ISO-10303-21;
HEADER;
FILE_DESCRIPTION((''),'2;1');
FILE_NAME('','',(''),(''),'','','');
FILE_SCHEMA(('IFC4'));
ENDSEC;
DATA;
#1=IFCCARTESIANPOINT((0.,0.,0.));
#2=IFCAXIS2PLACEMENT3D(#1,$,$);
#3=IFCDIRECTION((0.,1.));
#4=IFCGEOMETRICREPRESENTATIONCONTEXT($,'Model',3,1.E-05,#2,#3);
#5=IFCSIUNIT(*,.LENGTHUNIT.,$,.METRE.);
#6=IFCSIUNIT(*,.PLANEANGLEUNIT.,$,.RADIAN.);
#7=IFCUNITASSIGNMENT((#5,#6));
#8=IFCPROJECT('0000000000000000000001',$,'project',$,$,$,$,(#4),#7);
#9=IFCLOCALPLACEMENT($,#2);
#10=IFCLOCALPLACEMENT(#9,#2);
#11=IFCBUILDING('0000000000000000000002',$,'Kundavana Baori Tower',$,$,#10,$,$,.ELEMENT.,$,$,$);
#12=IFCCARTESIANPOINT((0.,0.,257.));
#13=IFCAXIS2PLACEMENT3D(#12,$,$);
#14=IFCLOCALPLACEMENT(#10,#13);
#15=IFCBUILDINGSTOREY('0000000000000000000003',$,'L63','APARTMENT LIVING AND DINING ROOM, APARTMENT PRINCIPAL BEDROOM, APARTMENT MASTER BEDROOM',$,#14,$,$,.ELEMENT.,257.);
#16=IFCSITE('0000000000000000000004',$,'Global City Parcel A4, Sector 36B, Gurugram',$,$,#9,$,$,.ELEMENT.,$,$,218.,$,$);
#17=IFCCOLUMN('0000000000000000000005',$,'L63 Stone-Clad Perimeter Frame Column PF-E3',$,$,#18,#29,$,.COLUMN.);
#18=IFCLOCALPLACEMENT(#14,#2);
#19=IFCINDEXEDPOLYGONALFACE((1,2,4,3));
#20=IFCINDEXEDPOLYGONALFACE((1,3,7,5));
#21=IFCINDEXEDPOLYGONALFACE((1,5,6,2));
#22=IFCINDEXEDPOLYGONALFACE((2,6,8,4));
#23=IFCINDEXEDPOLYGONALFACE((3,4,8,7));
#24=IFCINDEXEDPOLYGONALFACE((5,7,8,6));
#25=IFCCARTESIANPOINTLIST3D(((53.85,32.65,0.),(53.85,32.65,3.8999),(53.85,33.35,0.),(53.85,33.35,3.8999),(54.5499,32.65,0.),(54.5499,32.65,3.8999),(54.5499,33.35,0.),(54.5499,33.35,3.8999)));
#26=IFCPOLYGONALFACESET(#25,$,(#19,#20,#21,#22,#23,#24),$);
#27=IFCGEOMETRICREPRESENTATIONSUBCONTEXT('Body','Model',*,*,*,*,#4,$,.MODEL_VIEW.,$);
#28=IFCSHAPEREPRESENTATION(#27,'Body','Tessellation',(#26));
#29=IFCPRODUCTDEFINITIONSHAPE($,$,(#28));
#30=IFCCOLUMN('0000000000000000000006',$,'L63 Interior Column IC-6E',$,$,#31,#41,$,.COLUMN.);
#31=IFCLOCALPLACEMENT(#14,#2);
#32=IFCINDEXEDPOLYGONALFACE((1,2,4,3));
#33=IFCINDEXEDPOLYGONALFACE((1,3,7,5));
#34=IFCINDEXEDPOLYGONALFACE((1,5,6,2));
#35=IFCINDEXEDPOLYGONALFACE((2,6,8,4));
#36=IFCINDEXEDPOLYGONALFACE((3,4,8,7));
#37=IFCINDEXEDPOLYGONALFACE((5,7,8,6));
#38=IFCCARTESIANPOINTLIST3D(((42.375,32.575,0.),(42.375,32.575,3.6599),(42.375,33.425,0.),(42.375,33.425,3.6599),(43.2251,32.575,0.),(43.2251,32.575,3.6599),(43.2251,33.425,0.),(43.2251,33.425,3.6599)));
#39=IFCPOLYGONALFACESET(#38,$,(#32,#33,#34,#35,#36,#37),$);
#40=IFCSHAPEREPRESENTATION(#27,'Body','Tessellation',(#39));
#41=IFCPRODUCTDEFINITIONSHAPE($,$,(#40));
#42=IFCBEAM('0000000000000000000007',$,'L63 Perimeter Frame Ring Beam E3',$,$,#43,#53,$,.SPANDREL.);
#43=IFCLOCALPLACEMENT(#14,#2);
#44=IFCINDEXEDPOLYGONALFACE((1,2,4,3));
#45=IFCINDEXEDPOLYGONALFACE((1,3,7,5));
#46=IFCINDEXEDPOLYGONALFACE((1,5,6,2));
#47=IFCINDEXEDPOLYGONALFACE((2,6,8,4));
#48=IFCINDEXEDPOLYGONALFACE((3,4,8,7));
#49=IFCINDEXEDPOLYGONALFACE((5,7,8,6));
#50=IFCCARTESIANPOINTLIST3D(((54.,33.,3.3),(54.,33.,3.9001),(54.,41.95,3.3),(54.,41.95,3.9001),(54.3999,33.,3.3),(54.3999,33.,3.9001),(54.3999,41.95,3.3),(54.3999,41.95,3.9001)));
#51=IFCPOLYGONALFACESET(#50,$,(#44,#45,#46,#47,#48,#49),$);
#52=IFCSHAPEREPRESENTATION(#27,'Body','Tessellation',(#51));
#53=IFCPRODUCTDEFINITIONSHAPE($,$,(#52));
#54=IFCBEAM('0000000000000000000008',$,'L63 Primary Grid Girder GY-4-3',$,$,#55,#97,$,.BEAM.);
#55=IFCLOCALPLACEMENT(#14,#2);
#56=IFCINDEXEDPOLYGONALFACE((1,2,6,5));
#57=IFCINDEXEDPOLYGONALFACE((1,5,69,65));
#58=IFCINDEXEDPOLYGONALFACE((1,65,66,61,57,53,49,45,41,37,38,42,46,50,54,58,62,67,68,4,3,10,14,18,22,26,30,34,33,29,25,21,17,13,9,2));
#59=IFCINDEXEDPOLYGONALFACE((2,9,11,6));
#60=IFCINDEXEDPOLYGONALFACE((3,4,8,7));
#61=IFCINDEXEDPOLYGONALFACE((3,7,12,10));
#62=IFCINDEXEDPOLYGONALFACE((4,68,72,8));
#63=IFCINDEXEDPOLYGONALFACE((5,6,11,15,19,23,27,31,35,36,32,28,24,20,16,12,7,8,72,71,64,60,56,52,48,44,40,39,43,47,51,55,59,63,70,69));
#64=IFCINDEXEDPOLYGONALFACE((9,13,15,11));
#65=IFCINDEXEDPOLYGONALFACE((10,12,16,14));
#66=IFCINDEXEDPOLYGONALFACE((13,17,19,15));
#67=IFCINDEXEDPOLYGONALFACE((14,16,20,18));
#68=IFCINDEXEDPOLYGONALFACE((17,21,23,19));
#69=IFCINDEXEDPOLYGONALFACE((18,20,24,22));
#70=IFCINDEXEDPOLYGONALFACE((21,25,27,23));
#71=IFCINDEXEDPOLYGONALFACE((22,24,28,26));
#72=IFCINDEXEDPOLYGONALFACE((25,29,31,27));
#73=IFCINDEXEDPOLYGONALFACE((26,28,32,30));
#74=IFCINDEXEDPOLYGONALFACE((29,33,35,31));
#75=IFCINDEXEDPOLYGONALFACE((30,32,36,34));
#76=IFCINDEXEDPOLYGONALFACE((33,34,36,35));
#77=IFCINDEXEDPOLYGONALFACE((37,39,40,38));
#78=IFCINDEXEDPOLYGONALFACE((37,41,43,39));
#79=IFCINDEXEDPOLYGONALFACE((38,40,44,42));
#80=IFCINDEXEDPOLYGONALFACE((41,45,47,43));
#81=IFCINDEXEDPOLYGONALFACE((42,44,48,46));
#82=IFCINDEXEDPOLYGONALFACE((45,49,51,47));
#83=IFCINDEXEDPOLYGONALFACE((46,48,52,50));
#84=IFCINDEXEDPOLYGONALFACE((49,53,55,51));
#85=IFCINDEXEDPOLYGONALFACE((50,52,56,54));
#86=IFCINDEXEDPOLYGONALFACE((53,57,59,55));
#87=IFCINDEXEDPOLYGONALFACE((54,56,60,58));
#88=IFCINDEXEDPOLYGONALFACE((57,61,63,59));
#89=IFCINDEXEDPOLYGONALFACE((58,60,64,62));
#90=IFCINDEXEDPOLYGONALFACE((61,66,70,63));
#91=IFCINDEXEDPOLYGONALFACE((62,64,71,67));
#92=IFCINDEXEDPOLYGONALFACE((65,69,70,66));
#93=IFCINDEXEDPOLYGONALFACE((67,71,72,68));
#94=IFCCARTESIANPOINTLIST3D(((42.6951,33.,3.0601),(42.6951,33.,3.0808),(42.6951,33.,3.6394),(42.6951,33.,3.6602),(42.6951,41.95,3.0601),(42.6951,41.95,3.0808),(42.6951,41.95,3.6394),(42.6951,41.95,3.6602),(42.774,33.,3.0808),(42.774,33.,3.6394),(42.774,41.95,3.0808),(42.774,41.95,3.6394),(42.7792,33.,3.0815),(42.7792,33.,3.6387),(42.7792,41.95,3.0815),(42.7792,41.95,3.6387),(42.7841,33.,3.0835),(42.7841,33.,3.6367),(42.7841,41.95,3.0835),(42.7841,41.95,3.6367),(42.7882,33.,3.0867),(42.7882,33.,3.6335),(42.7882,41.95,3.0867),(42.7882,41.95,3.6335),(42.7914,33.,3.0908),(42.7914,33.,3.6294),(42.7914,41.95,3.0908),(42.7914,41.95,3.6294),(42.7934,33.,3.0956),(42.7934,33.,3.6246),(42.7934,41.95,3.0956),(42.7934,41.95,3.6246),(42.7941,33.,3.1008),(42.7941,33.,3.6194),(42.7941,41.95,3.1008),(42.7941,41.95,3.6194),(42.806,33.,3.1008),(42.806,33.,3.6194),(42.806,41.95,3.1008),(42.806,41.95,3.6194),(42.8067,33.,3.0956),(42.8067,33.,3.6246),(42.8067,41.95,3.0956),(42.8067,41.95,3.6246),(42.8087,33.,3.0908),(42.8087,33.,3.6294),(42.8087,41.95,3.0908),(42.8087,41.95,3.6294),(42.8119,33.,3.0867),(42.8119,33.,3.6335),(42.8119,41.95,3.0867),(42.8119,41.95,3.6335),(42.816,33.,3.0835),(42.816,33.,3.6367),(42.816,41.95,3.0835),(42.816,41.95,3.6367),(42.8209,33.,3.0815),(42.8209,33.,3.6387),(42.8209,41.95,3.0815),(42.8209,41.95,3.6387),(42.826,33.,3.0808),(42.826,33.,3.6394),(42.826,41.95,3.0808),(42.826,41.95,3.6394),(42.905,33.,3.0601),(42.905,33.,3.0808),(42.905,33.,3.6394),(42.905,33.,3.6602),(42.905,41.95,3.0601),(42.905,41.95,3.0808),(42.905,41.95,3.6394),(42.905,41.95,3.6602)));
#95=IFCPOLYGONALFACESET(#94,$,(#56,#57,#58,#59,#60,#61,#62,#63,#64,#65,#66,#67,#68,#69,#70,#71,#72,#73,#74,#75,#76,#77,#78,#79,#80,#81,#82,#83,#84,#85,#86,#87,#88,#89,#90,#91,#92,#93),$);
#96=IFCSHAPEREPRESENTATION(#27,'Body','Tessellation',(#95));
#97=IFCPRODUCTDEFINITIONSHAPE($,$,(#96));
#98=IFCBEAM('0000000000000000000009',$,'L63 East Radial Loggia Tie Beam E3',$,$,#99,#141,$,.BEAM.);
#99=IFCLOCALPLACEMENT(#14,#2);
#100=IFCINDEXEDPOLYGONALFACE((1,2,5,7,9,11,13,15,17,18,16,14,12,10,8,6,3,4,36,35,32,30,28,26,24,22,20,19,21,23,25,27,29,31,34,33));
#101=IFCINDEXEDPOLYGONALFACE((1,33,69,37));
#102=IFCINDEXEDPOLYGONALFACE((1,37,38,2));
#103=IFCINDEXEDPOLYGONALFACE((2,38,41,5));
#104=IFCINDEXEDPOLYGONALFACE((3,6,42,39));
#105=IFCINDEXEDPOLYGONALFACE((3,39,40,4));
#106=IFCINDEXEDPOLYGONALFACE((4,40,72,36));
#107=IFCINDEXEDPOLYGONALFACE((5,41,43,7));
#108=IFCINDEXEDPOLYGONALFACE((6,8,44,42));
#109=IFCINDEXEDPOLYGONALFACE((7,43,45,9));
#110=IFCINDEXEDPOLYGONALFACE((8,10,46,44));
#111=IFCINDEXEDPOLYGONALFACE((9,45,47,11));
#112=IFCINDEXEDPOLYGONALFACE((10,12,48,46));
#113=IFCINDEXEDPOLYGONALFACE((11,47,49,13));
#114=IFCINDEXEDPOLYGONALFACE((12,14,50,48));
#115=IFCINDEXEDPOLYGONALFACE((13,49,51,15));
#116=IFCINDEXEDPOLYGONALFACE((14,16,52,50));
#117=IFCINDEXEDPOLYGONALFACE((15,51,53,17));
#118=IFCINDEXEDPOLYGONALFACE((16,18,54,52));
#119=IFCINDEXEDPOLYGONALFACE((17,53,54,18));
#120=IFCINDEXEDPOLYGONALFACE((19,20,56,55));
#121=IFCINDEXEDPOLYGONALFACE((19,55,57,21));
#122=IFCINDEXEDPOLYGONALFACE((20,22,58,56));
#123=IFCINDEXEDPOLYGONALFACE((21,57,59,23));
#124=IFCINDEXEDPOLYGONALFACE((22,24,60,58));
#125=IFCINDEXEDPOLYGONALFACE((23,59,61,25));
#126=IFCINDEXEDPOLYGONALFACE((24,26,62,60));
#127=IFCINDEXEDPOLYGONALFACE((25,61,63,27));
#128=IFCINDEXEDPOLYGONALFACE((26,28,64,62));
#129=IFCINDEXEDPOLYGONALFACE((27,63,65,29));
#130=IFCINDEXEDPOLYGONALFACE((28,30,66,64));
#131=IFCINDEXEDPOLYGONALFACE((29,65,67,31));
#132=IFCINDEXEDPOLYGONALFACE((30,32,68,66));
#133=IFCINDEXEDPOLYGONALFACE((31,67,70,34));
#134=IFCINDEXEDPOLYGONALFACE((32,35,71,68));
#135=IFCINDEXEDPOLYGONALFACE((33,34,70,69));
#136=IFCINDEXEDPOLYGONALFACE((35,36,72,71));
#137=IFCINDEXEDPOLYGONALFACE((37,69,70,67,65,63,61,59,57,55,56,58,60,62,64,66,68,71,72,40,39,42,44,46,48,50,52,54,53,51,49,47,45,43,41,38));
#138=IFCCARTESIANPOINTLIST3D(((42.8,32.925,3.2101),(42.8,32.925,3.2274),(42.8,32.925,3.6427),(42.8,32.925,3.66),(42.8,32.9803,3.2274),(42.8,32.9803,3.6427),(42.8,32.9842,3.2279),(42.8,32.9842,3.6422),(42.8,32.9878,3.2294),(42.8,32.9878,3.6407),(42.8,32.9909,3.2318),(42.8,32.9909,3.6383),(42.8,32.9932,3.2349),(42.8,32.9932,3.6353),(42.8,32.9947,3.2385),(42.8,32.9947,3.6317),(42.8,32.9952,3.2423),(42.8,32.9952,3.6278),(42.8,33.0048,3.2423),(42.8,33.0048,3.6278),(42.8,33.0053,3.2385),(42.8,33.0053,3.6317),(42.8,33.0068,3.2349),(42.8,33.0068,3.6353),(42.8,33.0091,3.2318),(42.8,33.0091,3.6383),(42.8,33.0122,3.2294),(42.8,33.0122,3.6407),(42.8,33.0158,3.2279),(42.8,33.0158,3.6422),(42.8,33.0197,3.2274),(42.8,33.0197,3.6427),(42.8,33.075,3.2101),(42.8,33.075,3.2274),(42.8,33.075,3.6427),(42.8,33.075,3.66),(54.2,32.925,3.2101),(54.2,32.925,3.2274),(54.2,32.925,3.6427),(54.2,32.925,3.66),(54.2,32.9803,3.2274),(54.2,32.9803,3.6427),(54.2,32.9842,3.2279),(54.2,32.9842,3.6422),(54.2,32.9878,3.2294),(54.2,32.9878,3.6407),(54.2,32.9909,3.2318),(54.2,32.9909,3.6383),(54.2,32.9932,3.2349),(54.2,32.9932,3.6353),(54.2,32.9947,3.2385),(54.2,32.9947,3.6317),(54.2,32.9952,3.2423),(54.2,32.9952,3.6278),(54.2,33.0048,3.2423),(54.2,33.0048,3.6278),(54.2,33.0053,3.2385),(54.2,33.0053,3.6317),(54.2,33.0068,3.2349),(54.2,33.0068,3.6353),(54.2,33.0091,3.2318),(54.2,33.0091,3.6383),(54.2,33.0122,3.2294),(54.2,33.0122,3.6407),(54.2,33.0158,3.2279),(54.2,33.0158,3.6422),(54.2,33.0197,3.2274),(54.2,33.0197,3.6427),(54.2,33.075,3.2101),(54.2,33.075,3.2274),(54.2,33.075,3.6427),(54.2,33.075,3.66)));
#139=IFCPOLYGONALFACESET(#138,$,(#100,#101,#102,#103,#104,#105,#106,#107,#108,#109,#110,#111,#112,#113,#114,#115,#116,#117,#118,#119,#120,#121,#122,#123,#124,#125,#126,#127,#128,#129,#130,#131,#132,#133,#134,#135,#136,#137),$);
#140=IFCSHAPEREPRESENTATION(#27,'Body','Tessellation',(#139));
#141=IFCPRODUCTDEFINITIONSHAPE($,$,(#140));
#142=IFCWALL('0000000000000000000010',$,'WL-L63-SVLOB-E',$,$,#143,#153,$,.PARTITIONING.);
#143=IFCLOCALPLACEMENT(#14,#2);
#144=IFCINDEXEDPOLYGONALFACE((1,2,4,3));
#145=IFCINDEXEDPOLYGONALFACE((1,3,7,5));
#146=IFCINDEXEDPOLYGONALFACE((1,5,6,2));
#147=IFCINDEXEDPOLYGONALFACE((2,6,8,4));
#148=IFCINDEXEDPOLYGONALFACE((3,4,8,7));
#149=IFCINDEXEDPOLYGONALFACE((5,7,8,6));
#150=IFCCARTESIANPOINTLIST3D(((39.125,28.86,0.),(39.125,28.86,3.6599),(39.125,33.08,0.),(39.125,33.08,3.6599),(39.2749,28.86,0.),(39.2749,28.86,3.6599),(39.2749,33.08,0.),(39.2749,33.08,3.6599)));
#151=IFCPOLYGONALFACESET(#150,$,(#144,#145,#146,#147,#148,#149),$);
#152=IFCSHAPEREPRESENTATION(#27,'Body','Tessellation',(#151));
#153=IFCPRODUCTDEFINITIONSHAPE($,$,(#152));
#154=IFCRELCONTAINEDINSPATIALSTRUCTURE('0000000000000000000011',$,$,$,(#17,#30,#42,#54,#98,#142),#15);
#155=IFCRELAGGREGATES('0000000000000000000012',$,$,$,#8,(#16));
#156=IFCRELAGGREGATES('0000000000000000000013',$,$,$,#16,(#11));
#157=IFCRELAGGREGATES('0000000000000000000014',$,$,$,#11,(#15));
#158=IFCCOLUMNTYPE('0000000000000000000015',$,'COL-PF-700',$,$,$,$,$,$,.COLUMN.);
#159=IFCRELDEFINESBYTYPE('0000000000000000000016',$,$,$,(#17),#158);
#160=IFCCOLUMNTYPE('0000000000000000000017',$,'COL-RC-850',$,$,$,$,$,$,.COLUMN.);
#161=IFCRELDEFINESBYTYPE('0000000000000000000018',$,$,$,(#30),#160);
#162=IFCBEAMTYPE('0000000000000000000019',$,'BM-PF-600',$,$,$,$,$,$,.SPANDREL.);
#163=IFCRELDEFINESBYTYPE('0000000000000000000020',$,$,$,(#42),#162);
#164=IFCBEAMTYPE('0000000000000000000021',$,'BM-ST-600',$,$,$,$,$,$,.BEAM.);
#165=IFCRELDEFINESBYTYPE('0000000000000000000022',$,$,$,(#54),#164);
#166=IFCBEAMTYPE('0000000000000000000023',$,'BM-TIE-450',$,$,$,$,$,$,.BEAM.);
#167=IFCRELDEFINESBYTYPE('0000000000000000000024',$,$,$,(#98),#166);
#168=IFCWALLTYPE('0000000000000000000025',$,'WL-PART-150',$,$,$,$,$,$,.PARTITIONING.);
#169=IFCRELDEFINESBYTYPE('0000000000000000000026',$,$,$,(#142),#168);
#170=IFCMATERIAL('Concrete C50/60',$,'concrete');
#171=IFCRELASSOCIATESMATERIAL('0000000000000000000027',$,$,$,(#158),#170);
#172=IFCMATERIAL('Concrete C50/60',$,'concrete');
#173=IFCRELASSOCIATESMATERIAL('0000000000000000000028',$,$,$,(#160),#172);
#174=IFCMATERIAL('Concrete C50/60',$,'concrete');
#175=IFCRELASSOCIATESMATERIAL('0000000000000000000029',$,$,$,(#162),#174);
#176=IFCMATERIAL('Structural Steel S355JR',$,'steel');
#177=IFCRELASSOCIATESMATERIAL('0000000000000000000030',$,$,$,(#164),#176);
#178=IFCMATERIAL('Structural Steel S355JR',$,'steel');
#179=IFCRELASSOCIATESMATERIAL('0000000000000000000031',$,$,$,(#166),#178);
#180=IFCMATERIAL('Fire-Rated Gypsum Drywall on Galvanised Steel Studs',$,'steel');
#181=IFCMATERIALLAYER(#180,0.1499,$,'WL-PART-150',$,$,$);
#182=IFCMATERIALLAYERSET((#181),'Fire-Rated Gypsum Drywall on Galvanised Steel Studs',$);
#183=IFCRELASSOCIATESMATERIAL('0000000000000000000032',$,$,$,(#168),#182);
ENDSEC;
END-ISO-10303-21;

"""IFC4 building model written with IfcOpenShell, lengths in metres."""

from ifc_helpers import new_model, si_unit, direction, frame, frame_2d, origin, origin_2d, place, context, subcontext, project, spatial, rectangle, i_section, extrude, material, layer, layer_set, material_profile, profile_set, type_object, element, save


model = new_model("IFC4")

# Units and contexts
model_context = context("Model", 3, precision=1e-05, world=origin(), true_north=direction((0.0, 1.0)))
body_context = subcontext(model_context, "Body", "Model", "MODEL_VIEW")
ifc_project = project(units=[si_unit("LENGTHUNIT", "METRE"), si_unit("PLANEANGLEUNIT", "RADIAN")], contexts=[model_context])

# Site, building, storey
site_placement = place(None, origin())
site = spatial("IfcSite", under=ifc_project, at=site_placement, Name="Global City Parcel A4, Sector 36B, Gurugram", CompositionType="ELEMENT", RefElevation=218.0)
building_placement = place(site_placement, origin())
building = spatial("IfcBuilding", under=site, at=building_placement, Name="Kundavana Baori Tower", CompositionType="ELEMENT")
storey_placement = place(building_placement, frame((0.0, 0.0, 257.0)))
storey = spatial("IfcBuildingStorey", under=building, at=storey_placement, Name="L63", Description="APARTMENT LIVING AND DINING ROOM, APARTMENT PRINCIPAL BEDROOM, APARTMENT MASTER BEDROOM", CompositionType="ELEMENT", Elevation=257.0)

# Columns
ifc_material_1 = material(Name="Concrete C50/60", Category="concrete")
ifc_material_profile_1 = material_profile(ifc_material_1, rectangle(XDim=0.7, YDim=0.7, at=origin_2d()), Name="RC PF 700x700")
ifc_profile_set_1 = profile_set([ifc_material_profile_1], Name="Concrete C50/60")
column_type_1 = type_object("IfcColumnType", Name="COL-PF-700", PredefinedType="COLUMN", material=ifc_profile_set_1)
column_1_placement = place(storey_placement, frame((54.2, 33.0, 0.0), z_axis=(0.0, 0.0, 1.0), x_axis=(1.0, 0.0, 0.0)))
element("IfcColumn", 1, at=column_1_placement, inside=storey, type_object=column_type_1, Name="L63 Stone-Clad Perimeter Frame Column PF-E3", PredefinedType="COLUMN", context=body_context, shape_type="SweptSolid", body=[
    extrude(rectangle(XDim=0.7, YDim=0.7, at=origin_2d()), origin(), (0.0, 0.0, 1.0), 3.8999),
])
ifc_material_2 = material(Name="Concrete C50/60", Category="concrete")
ifc_material_profile_2 = material_profile(ifc_material_2, rectangle(XDim=0.8501, YDim=0.8501, at=origin_2d()), Name="RC 850x850")
ifc_profile_set_2 = profile_set([ifc_material_profile_2], Name="Concrete C50/60")
column_type_2 = type_object("IfcColumnType", Name="COL-RC-850", PredefinedType="COLUMN", material=ifc_profile_set_2)
column_2_placement = place(storey_placement, frame((42.8, 33.0, 0.0), z_axis=(0.0, 0.0, 1.0), x_axis=(1.0, 0.0, 0.0)))
element("IfcColumn", 2, at=column_2_placement, inside=storey, type_object=column_type_2, Name="L63 Interior Column IC-6E", PredefinedType="COLUMN", context=body_context, shape_type="SweptSolid", body=[
    extrude(rectangle(XDim=0.8501, YDim=0.8501, at=origin_2d()), origin(), (0.0, 0.0, 1.0), 3.6599),
])

# Beams
ifc_material_3 = material(Name="Concrete C50/60", Category="concrete")
ifc_material_profile_3 = material_profile(ifc_material_3, rectangle(XDim=0.3999, YDim=0.6001, at=origin_2d()), Name="RC BM 400x600")
ifc_profile_set_3 = profile_set([ifc_material_profile_3], Name="Concrete C50/60")
beam_type_1 = type_object("IfcBeamType", Name="BM-PF-600", PredefinedType="SPANDREL", material=ifc_profile_set_3)
beam_1_placement = place(storey_placement, frame((54.2, 33.0, 3.6001), z_axis=(0.0, 1.0, 0.0), x_axis=(-1.0, 0.0, 0.0)))
element("IfcBeam", 3, at=beam_1_placement, inside=storey, type_object=beam_type_1, Name="L63 Perimeter Frame Ring Beam E3", PredefinedType="SPANDREL", context=body_context, shape_type="SweptSolid", body=[
    extrude(rectangle(XDim=0.3999, YDim=0.6001, at=origin_2d()), origin(), (0.0, 0.0, 1.0), 8.95),
])
ifc_material_4 = material(Name="Structural Steel S355JR", Category="steel")
ifc_material_profile_4 = material_profile(ifc_material_4, i_section(OverallWidth=0.21, OverallDepth=0.6001, WebThickness=0.012, FlangeThickness=0.0208, FilletRadius=0.02, at=origin_2d()), Name="ISMB 600")
ifc_profile_set_4 = profile_set([ifc_material_profile_4], Name="Structural Steel S355JR")
beam_type_2 = type_object("IfcBeamType", Name="BM-ST-600", PredefinedType="BEAM", material=ifc_profile_set_4)
beam_2_placement = place(storey_placement, frame((42.8, 33.0, 3.3601), z_axis=(0.0, 1.0, 0.0), x_axis=(-1.0, 0.0, 0.0)))
element("IfcBeam", 4, at=beam_2_placement, inside=storey, type_object=beam_type_2, Name="L63 Primary Grid Girder GY-4-3", PredefinedType="BEAM", context=body_context, shape_type="SweptSolid", body=[
    extrude(i_section(OverallWidth=0.21, OverallDepth=0.6001, WebThickness=0.012, FlangeThickness=0.0208, FilletRadius=0.02, at=origin_2d()), origin(), (0.0, 0.0, 1.0), 8.95),
])
ifc_material_5 = material(Name="Structural Steel S355JR", Category="steel")
ifc_material_profile_5 = material_profile(ifc_material_5, i_section(OverallWidth=0.1499, OverallDepth=0.45, WebThickness=0.0095, FlangeThickness=0.0173, FilletRadius=0.0149, at=origin_2d()), Name="ISMB 450")
ifc_profile_set_5 = profile_set([ifc_material_profile_5], Name="Structural Steel S355JR")
beam_type_3 = type_object("IfcBeamType", Name="BM-TIE-450", PredefinedType="BEAM", material=ifc_profile_set_5)
beam_3_placement = place(storey_placement, frame((42.8, 33.0, 3.4351), z_axis=(1.0, 0.0, 0.0), x_axis=(0.0, 1.0, 0.0)))
element("IfcBeam", 5, at=beam_3_placement, inside=storey, type_object=beam_type_3, Name="L63 East Radial Loggia Tie Beam E3", PredefinedType="BEAM", context=body_context, shape_type="SweptSolid", body=[
    extrude(i_section(OverallWidth=0.1499, OverallDepth=0.45, WebThickness=0.0095, FlangeThickness=0.0173, FilletRadius=0.0149, at=origin_2d()), origin(), (0.0, 0.0, 1.0), 11.3999),
])

# Wall
ifc_material_6 = material(Name="Fire-Rated Gypsum Drywall on Galvanised Steel Studs", Category="steel")
ifc_layer_1 = layer(ifc_material_6, 0.1499, Name="WL-PART-150")
ifc_layer_set_1 = layer_set([ifc_layer_1], Name="Fire-Rated Gypsum Drywall on Galvanised Steel Studs")
wall_type_1 = type_object("IfcWallType", Name="WL-PART-150", PredefinedType="PARTITIONING", material=ifc_layer_set_1)
wall_1_placement = place(storey_placement, frame((39.2, 28.8601, 0.0), z_axis=(0.0, 0.0, 1.0), x_axis=(0.0, 1.0, 0.0)))
element("IfcWall", 6, at=wall_1_placement, inside=storey, type_object=wall_type_1, Name="WL-L63-SVLOB-E", PredefinedType="PARTITIONING", context=body_context, shape_type="SweptSolid", body=[
    extrude(rectangle(XDim=4.22, YDim=0.1499, at=frame_2d((2.1099, 0.0))), origin(), (0.0, 0.0, 1.0), 3.6599),
])

save(model, "model.ifc")
